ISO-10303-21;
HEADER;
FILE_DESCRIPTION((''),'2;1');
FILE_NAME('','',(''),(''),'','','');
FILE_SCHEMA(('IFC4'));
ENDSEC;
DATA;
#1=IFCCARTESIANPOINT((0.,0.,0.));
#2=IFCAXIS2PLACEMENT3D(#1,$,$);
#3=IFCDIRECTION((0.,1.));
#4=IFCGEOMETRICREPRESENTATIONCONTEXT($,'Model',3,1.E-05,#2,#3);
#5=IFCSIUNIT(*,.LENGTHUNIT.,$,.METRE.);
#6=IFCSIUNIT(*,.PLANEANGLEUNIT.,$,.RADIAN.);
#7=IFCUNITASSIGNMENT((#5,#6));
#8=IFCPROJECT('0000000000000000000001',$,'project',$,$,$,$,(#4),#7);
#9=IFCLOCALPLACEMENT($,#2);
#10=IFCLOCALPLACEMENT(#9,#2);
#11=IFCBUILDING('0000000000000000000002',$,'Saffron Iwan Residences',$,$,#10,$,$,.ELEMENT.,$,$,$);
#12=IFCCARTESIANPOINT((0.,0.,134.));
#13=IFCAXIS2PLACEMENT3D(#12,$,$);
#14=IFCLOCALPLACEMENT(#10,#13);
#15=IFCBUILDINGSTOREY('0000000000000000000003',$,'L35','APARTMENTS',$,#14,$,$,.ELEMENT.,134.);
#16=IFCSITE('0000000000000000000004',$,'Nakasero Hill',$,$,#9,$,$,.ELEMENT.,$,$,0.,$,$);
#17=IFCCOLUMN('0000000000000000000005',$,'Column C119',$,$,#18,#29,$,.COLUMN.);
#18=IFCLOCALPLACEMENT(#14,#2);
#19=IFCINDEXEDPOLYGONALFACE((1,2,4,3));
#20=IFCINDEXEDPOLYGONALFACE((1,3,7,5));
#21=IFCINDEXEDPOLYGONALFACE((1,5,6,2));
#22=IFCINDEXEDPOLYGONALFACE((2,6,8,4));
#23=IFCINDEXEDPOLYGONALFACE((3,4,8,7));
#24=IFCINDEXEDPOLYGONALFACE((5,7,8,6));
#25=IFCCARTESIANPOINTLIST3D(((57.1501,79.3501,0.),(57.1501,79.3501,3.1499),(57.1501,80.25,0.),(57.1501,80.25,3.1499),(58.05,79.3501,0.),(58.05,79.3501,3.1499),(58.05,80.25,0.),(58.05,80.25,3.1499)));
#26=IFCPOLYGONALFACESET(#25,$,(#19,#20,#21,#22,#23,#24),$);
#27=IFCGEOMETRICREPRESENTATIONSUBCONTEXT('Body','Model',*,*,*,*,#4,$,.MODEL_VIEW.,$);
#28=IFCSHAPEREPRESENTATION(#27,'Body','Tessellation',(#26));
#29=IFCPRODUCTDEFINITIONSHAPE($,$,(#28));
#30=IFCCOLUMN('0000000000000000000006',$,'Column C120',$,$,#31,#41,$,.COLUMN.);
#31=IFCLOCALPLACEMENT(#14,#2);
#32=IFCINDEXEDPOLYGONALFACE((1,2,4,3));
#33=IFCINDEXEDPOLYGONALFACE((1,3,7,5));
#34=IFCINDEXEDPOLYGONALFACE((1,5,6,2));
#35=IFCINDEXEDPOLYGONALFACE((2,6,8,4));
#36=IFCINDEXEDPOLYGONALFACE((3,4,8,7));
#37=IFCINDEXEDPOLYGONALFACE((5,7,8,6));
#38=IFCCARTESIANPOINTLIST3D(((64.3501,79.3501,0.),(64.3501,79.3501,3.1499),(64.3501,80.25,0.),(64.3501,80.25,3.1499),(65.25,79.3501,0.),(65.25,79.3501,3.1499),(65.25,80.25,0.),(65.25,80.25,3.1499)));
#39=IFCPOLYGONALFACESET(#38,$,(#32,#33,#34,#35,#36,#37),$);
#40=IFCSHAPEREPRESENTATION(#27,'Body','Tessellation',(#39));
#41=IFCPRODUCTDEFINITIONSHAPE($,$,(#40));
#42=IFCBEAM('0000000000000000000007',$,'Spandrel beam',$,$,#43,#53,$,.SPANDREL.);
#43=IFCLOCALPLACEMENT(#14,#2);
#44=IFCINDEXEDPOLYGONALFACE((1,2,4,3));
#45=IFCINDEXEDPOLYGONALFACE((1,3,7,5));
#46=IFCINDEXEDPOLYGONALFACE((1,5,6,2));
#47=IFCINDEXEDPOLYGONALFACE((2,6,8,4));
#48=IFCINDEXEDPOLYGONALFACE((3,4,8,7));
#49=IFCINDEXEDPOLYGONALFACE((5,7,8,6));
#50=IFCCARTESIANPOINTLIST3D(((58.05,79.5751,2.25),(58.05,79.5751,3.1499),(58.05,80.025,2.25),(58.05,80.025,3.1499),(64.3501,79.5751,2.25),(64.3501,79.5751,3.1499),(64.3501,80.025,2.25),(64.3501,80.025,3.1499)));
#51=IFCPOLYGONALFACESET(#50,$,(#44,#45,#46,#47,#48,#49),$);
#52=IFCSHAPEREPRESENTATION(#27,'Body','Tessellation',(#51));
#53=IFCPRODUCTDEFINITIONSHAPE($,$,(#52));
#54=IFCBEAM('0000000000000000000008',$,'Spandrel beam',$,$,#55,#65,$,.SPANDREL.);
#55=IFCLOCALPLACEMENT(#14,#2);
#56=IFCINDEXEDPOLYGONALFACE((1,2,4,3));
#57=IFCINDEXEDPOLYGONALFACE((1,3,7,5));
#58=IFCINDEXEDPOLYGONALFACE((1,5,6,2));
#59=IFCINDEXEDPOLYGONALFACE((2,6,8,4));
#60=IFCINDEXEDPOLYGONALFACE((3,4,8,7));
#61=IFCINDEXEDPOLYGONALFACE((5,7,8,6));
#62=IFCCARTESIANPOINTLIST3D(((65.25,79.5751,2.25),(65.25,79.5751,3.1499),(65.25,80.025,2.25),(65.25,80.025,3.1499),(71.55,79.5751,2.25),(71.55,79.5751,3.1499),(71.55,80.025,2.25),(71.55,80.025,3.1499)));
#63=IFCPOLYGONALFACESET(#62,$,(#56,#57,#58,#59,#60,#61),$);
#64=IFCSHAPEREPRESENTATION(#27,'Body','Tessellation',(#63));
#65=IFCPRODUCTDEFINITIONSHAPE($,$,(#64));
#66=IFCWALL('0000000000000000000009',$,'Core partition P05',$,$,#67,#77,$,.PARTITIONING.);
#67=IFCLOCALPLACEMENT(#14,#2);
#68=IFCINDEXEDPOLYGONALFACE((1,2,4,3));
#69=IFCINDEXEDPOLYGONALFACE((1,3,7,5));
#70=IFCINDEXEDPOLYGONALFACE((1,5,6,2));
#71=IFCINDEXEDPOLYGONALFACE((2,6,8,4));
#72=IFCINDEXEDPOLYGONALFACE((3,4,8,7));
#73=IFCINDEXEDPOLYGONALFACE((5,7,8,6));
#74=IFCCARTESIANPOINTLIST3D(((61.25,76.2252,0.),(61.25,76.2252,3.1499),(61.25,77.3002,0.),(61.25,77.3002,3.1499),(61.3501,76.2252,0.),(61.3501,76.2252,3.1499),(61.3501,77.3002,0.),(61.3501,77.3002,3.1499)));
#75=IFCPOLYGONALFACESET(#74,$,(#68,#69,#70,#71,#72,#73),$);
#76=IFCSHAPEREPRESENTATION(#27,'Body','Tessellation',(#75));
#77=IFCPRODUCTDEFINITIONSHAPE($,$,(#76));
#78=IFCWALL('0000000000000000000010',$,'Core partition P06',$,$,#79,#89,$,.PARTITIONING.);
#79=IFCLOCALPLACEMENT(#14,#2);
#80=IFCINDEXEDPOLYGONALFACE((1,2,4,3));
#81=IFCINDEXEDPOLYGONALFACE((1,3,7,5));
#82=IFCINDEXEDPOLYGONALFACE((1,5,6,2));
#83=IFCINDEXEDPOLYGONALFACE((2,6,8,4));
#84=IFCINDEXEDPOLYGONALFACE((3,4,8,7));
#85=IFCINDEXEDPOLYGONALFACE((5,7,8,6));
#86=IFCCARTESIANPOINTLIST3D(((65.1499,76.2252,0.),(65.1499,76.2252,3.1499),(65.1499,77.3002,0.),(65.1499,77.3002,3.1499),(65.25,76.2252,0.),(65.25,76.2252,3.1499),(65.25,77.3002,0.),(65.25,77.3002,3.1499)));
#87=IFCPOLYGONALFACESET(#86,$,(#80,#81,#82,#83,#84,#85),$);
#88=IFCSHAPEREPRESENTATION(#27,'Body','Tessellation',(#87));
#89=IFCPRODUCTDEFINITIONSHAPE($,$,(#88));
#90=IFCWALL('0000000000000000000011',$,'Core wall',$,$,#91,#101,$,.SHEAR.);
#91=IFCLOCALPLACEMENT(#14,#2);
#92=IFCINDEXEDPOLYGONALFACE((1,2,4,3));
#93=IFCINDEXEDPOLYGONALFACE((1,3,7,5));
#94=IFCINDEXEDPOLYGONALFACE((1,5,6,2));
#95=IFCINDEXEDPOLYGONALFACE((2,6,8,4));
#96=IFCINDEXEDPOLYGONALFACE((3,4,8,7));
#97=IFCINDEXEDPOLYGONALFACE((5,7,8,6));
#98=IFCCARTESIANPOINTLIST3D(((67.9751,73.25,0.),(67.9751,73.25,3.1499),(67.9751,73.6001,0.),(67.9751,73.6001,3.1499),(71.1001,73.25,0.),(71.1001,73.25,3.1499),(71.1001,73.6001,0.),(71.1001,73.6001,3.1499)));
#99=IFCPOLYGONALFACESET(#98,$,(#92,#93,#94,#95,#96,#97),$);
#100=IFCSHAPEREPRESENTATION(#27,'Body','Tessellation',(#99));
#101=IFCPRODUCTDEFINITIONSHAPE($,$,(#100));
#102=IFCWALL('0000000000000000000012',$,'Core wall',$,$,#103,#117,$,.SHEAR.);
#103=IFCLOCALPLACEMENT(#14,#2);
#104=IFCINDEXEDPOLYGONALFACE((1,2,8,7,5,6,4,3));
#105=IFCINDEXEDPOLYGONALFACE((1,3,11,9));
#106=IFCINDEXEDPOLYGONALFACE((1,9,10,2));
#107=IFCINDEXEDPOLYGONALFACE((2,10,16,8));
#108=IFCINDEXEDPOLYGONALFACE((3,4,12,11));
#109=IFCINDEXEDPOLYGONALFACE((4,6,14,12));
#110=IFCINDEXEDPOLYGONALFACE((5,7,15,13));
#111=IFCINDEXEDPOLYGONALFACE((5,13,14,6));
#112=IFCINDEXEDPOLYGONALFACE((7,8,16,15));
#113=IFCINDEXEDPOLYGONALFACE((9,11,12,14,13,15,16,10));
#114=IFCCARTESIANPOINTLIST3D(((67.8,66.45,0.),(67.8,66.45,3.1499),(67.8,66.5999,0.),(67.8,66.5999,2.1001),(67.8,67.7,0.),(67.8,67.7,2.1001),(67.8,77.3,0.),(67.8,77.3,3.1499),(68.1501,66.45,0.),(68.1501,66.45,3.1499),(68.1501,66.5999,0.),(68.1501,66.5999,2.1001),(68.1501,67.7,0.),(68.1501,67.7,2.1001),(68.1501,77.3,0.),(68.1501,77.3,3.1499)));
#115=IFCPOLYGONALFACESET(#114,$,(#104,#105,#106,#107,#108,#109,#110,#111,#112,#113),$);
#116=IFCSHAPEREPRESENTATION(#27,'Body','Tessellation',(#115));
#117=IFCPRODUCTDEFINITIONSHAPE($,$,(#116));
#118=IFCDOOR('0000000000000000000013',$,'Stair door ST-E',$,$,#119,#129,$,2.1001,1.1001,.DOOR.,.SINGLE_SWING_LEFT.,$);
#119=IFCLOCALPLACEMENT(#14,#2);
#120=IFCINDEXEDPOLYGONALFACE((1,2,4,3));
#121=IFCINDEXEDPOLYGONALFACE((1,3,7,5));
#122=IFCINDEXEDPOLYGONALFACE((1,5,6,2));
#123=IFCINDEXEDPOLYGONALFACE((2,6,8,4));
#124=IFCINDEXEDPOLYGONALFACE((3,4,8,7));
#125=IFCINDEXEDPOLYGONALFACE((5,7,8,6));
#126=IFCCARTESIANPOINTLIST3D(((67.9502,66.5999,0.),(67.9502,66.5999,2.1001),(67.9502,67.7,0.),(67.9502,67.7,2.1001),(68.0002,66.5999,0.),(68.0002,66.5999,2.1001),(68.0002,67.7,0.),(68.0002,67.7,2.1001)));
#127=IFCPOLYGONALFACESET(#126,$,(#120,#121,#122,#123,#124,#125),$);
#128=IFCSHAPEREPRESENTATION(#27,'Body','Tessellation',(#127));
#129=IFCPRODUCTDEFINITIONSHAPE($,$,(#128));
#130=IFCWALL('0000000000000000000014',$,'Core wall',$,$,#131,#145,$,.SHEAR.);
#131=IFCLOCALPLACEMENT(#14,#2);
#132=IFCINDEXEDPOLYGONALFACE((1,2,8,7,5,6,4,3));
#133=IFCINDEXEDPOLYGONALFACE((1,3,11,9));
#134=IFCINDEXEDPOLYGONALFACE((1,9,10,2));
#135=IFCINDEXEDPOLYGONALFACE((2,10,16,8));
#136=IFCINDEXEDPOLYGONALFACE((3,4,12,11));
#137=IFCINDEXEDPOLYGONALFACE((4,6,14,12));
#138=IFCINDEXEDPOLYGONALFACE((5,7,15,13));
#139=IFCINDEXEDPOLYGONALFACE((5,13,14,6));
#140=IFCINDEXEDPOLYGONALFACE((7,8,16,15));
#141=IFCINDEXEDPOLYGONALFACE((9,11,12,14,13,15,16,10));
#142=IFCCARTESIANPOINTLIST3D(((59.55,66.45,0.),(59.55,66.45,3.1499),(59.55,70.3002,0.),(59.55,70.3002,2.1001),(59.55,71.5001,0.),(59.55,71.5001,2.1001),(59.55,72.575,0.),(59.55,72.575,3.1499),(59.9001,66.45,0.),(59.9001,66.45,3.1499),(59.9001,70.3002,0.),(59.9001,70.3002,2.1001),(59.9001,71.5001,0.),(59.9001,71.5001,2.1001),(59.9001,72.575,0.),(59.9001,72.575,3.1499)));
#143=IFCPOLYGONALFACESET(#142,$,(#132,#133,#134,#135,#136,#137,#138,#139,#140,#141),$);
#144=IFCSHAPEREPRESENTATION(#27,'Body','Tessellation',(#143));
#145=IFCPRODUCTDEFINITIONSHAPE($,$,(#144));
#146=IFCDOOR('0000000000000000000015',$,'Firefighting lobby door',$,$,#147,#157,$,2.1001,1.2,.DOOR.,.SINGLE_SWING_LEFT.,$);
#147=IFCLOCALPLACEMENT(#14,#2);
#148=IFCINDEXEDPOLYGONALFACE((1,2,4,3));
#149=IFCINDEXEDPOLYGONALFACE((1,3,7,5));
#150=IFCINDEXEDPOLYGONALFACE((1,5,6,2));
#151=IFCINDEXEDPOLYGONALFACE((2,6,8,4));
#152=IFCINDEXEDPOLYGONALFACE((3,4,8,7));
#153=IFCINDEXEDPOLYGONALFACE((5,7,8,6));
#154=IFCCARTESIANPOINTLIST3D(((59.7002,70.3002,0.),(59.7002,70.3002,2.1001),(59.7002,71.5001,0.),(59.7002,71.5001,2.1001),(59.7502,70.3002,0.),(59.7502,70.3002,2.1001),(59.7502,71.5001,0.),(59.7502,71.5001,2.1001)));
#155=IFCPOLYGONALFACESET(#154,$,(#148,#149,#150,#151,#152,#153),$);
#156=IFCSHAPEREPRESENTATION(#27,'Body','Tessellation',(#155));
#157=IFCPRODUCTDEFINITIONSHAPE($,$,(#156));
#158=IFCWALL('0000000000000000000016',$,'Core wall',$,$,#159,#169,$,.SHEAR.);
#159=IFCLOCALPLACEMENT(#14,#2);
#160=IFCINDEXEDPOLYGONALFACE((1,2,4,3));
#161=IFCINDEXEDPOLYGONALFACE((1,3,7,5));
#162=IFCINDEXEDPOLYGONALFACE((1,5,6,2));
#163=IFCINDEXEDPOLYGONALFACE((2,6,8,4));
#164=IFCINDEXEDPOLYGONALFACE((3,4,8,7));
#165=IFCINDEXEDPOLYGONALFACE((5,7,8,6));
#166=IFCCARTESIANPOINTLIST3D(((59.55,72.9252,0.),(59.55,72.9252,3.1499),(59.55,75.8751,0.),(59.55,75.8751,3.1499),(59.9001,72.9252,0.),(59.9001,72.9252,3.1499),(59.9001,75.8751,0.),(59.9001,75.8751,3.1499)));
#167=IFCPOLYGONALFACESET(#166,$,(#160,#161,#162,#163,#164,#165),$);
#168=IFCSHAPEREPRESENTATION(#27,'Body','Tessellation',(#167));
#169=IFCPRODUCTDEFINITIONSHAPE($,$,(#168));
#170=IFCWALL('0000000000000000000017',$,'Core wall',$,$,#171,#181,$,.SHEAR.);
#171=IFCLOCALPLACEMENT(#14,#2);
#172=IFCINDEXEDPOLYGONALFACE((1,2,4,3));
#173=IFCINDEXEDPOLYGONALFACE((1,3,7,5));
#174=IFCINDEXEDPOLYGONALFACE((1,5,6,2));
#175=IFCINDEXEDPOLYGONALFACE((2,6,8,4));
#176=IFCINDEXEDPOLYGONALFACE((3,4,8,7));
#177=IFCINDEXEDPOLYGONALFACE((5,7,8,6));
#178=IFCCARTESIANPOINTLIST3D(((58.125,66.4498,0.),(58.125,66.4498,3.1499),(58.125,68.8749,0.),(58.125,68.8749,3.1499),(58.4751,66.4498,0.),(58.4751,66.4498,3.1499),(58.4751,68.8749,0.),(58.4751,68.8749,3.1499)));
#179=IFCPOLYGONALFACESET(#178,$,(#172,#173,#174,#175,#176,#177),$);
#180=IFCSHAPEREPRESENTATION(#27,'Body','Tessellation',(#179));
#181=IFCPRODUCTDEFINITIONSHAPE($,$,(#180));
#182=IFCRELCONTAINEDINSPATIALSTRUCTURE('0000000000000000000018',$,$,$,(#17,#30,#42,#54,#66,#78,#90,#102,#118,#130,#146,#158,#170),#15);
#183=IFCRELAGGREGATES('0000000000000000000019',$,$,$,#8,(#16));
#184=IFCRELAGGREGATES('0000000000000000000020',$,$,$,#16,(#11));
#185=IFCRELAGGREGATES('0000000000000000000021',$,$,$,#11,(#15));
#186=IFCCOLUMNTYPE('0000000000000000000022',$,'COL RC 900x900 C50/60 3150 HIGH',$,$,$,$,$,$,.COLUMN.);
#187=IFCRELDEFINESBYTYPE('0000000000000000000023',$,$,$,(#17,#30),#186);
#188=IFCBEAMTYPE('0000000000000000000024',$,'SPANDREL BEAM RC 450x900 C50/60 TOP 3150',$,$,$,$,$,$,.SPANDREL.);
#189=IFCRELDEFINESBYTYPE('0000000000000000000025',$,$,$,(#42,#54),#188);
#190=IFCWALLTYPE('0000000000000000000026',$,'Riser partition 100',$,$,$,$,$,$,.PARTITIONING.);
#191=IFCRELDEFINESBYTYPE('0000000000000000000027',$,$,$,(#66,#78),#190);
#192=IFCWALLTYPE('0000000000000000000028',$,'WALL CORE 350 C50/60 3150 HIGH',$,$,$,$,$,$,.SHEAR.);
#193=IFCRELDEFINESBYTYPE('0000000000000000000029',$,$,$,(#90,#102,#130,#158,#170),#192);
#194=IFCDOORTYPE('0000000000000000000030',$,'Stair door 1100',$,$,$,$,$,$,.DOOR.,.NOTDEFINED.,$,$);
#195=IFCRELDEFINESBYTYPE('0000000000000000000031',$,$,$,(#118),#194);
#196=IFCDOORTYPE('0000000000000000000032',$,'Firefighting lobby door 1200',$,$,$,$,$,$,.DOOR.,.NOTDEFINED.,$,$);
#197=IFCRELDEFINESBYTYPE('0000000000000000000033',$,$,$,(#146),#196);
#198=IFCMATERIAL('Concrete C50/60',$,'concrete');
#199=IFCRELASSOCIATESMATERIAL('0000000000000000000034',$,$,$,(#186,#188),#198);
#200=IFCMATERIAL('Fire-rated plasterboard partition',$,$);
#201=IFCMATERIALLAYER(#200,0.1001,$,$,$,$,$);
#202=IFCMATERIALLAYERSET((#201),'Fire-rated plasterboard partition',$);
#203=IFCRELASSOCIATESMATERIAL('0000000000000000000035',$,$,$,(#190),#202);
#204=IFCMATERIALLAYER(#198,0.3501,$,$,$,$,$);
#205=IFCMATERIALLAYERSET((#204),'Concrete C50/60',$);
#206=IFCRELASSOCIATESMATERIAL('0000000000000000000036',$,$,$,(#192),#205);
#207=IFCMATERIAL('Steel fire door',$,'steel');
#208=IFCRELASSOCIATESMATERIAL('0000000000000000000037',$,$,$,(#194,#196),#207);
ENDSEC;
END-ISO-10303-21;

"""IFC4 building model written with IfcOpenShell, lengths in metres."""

from ifc_helpers import new_model, si_unit, direction, frame, frame_2d, origin, origin_2d, place, context, subcontext, project, spatial, rectangle, extrude, source, transform, mapped, material, layer, layer_set, material_profile, profile_set, type_object, element, fill, save


model = new_model("IFC4")

# Units and contexts
model_context = context("Model", 3, precision=1e-05, world=origin(), true_north=direction((0.0, 1.0)))
body_context = subcontext(model_context, "Body", "Model", "MODEL_VIEW")
ifc_project = project(units=[si_unit("LENGTHUNIT", "METRE"), si_unit("PLANEANGLEUNIT", "RADIAN")], contexts=[model_context])

# Site, building, storey
site_placement = place(None, origin())
site = spatial("IfcSite", under=ifc_project, at=site_placement, Name="Nakasero Hill", CompositionType="ELEMENT", RefElevation=0.0)
building_placement = place(site_placement, origin())
building = spatial("IfcBuilding", under=site, at=building_placement, Name="Saffron Iwan Residences", CompositionType="ELEMENT")
storey_placement = place(building_placement, frame((0.0, 0.0, 134.0)))
storey = spatial("IfcBuildingStorey", under=building, at=storey_placement, Name="L35", Description="APARTMENTS", CompositionType="ELEMENT", Elevation=134.0)

# Columns
ifc_material_1 = material(Name="Concrete C50/60", Category="concrete")
ifc_material_profile_1 = material_profile(ifc_material_1, rectangle(XDim=0.8999, YDim=0.8999, at=origin_2d()), Name="RC 900x900")
ifc_profile_set_1 = profile_set([ifc_material_profile_1], Name="Concrete C50/60")
column_type = type_object("IfcColumnType", Name="COL RC 900x900 C50/60 3150 HIGH", PredefinedType="COLUMN", material=ifc_profile_set_1)
shared_shape_1 = source(origin(), body_context, "Body", "SweptSolid", [
    extrude(rectangle(XDim=0.8999, YDim=0.8999, at=origin_2d()), origin(), (0.0, 0.0, 1.0), 3.1499),
])
for number, where, z_axis, x_axis, name in (
    (1, (57.6001, 79.8, 0.0), (0.0, 0.0, 1.0), (1.0, 0.0, 0.0), "Column C119"),
    (2, (64.8, 79.8, 0.0), (0.0, 0.0, 1.0), (1.0, 0.0, 0.0), "Column C120"),
):
    element("IfcColumn", number, at=place(storey_placement, frame(where, z_axis=z_axis, x_axis=x_axis)), inside=storey, type_object=column_type, Name=name, PredefinedType="COLUMN", context=body_context, shape_type="MappedRepresentation", body=[
        mapped(shared_shape_1, transform((0.0, 0.0, 0.0))),
    ])

# Beams
ifc_material_profile_2 = material_profile(ifc_material_1, rectangle(XDim=0.45, YDim=0.8999, at=origin_2d()), Name="RC 450x900")
ifc_profile_set_2 = profile_set([ifc_material_profile_2], Name="Concrete C50/60")
beam_type = type_object("IfcBeamType", Name="SPANDREL BEAM RC 450x900 C50/60 TOP 3150", PredefinedType="SPANDREL", material=ifc_profile_set_2)
shared_shape_2 = source(origin(), body_context, "Body", "SweptSolid", [
    extrude(rectangle(XDim=0.45, YDim=0.8999, at=origin_2d()), origin(), (0.0, 0.0, 1.0), 6.3),
])
for number, where, z_axis, x_axis, name in (
    (3, (58.05, 79.8, 2.7), (1.0, 0.0, 0.0), (0.0, 1.0, 0.0), "Spandrel beam"),
    (4, (65.25, 79.8, 2.7), (1.0, 0.0, 0.0), (0.0, 1.0, 0.0), "Spandrel beam"),
):
    element("IfcBeam", number, at=place(storey_placement, frame(where, z_axis=z_axis, x_axis=x_axis)), inside=storey, type_object=beam_type, Name=name, PredefinedType="SPANDREL", context=body_context, shape_type="MappedRepresentation", body=[
        mapped(shared_shape_2, transform((0.0, 0.0, 0.0))),
    ])

# Walls
ifc_material_2 = material(Name="Fire-rated plasterboard partition")
ifc_layer_1 = layer(ifc_material_2, 0.1001)
ifc_layer_set_1 = layer_set([ifc_layer_1], Name="Fire-rated plasterboard partition")
wall_type_1 = type_object("IfcWallType", Name="Riser partition 100", PredefinedType="PARTITIONING", material=ifc_layer_set_1)
for number, where, z_axis, x_axis, name in (
    (5, (61.3, 76.2251, 0.0), (0.0, 0.0, 1.0), (0.0, 1.0, 0.0), "Core partition P05"),
    (6, (65.2, 76.2251, 0.0), (0.0, 0.0, 1.0), (0.0, 1.0, 0.0), "Core partition P06"),
):
    element("IfcWall", number, at=place(storey_placement, frame(where, z_axis=z_axis, x_axis=x_axis)), inside=storey, type_object=wall_type_1, Name=name, PredefinedType="PARTITIONING", context=body_context, shape_type="SweptSolid", body=[
        extrude(rectangle(XDim=1.075, YDim=0.1001, at=frame_2d((0.5376, 0.0))), origin(), (0.0, 0.0, 1.0), 3.1499),
    ])
ifc_layer_2 = layer(ifc_material_1, 0.3501)
ifc_layer_set_2 = layer_set([ifc_layer_2], Name="Concrete C50/60")
wall_type_2 = type_object("IfcWallType", Name="WALL CORE 350 C50/60 3150 HIGH", PredefinedType="SHEAR", material=ifc_layer_set_2)
wall_1_placement = place(storey_placement, frame((67.9751, 73.425, 0.0), z_axis=(0.0, 0.0, 1.0), x_axis=(1.0, 0.0, 0.0)))
element("IfcWall", 7, at=wall_1_placement, inside=storey, type_object=wall_type_2, Name="Core wall", PredefinedType="SHEAR", context=body_context, shape_type="SweptSolid", body=[
    extrude(rectangle(XDim=3.125, YDim=0.3501, at=frame_2d((1.5625, 0.0))), origin(), (0.0, 0.0, 1.0), 3.1499),
])

# Walls, openings, doors
wall_2_placement = place(storey_placement, frame((67.9751, 66.45, 0.0), z_axis=(0.0, 0.0, 1.0), x_axis=(0.0, 1.0, 0.0)))
wall_2 = element("IfcWall", 8, at=wall_2_placement, inside=storey, type_object=wall_type_2, Name="Core wall", PredefinedType="SHEAR", context=body_context, shape_type="SweptSolid", body=[
    extrude(rectangle(XDim=10.8501, YDim=0.3501, at=frame_2d((5.425, 0.0))), origin(), (0.0, 0.0, 1.0), 3.1499),
])
opening_1_placement = place(wall_2_placement, frame((0.1499, 0.0, 0.0)))
opening_1 = element("IfcOpeningElement", 9, at=opening_1_placement, cuts=wall_2, PredefinedType="OPENING", context=body_context, shape_type="SweptSolid", body=[
    extrude(rectangle(XDim=1.1001, YDim=2.1001, at=frame_2d((0.55, 1.05))), frame((0.0, 0.1851, 0.0), z_axis=(0.0, -1.0, 0.0), x_axis=(1.0, 0.0, 0.0)), (0.0, 0.0, 1.0), 0.3701),
])
ifc_material_3 = material(Name="Steel fire door", Category="steel")
door_type_1 = type_object("IfcDoorType", Name="Stair door 1100", OperationType="NOTDEFINED", PredefinedType="DOOR", material=ifc_material_3)
door_1_placement = place(opening_1_placement, origin())
door_1 = element("IfcDoor", 10, at=door_1_placement, inside=storey, type_object=door_type_1, Name="Stair door ST-E", OperationType="SINGLE_SWING_LEFT", OverallHeight=2.1001, OverallWidth=1.1001, PredefinedType="DOOR", context=body_context, shape_type="SweptSolid", body=[
    extrude(rectangle(XDim=1.1001, YDim=2.1001, at=frame_2d((0.55, 1.05))), frame((0.0, 0.0249, 0.0), z_axis=(0.0, -1.0, 0.0), x_axis=(1.0, 0.0, 0.0)), (0.0, 0.0, 1.0), 0.05),
])
fill(opening_1, door_1)
wall_3_placement = place(storey_placement, frame((59.7251, 66.45, 0.0), z_axis=(0.0, 0.0, 1.0), x_axis=(0.0, 1.0, 0.0)))
wall_3 = element("IfcWall", 11, at=wall_3_placement, inside=storey, type_object=wall_type_2, Name="Core wall", PredefinedType="SHEAR", context=body_context, shape_type="SweptSolid", body=[
    extrude(rectangle(XDim=6.125, YDim=0.3501, at=frame_2d((3.0625, 0.0))), origin(), (0.0, 0.0, 1.0), 3.1499),
])
opening_2_placement = place(wall_3_placement, frame((3.8501, 0.0, 0.0)))
opening_2 = element("IfcOpeningElement", 12, at=opening_2_placement, cuts=wall_3, PredefinedType="OPENING", context=body_context, shape_type="SweptSolid", body=[
    extrude(rectangle(XDim=1.2, YDim=2.1001, at=frame_2d((0.6001, 1.05))), frame((0.0, 0.1851, 0.0), z_axis=(0.0, -1.0, 0.0), x_axis=(1.0, 0.0, 0.0)), (0.0, 0.0, 1.0), 0.3701),
])
door_type_2 = type_object("IfcDoorType", Name="Firefighting lobby door 1200", OperationType="NOTDEFINED", PredefinedType="DOOR", material=ifc_material_3)
door_2_placement = place(opening_2_placement, origin())
door_2 = element("IfcDoor", 13, at=door_2_placement, inside=storey, type_object=door_type_2, Name="Firefighting lobby door", OperationType="SINGLE_SWING_LEFT", OverallHeight=2.1001, OverallWidth=1.2, PredefinedType="DOOR", context=body_context, shape_type="SweptSolid", body=[
    extrude(rectangle(XDim=1.2, YDim=2.1001, at=frame_2d((0.6001, 1.05))), frame((0.0, 0.0249, 0.0), z_axis=(0.0, -1.0, 0.0), x_axis=(1.0, 0.0, 0.0)), (0.0, 0.0, 1.0), 0.05),
])
fill(opening_2, door_2)

# Walls
wall_4_placement = place(storey_placement, frame((59.7251, 72.925, 0.0), z_axis=(0.0, 0.0, 1.0), x_axis=(0.0, 1.0, 0.0)))
element("IfcWall", 14, at=wall_4_placement, inside=storey, type_object=wall_type_2, Name="Core wall", PredefinedType="SHEAR", context=body_context, shape_type="SweptSolid", body=[
    extrude(rectangle(XDim=2.95, YDim=0.3501, at=frame_2d((1.4751, 0.0))), origin(), (0.0, 0.0, 1.0), 3.1499),
])
wall_5_placement = place(storey_placement, frame((58.3, 66.45, 0.0), z_axis=(0.0, 0.0, 1.0), x_axis=(0.0, 1.0, 0.0)))
element("IfcWall", 15, at=wall_5_placement, inside=storey, type_object=wall_type_2, Name="Core wall", PredefinedType="SHEAR", context=body_context, shape_type="SweptSolid", body=[
    extrude(rectangle(XDim=2.425, YDim=0.3501, at=frame_2d((1.2124, 0.0))), origin(), (0.0, 0.0, 1.0), 3.1499),
])

save(model, "model.ifc")
